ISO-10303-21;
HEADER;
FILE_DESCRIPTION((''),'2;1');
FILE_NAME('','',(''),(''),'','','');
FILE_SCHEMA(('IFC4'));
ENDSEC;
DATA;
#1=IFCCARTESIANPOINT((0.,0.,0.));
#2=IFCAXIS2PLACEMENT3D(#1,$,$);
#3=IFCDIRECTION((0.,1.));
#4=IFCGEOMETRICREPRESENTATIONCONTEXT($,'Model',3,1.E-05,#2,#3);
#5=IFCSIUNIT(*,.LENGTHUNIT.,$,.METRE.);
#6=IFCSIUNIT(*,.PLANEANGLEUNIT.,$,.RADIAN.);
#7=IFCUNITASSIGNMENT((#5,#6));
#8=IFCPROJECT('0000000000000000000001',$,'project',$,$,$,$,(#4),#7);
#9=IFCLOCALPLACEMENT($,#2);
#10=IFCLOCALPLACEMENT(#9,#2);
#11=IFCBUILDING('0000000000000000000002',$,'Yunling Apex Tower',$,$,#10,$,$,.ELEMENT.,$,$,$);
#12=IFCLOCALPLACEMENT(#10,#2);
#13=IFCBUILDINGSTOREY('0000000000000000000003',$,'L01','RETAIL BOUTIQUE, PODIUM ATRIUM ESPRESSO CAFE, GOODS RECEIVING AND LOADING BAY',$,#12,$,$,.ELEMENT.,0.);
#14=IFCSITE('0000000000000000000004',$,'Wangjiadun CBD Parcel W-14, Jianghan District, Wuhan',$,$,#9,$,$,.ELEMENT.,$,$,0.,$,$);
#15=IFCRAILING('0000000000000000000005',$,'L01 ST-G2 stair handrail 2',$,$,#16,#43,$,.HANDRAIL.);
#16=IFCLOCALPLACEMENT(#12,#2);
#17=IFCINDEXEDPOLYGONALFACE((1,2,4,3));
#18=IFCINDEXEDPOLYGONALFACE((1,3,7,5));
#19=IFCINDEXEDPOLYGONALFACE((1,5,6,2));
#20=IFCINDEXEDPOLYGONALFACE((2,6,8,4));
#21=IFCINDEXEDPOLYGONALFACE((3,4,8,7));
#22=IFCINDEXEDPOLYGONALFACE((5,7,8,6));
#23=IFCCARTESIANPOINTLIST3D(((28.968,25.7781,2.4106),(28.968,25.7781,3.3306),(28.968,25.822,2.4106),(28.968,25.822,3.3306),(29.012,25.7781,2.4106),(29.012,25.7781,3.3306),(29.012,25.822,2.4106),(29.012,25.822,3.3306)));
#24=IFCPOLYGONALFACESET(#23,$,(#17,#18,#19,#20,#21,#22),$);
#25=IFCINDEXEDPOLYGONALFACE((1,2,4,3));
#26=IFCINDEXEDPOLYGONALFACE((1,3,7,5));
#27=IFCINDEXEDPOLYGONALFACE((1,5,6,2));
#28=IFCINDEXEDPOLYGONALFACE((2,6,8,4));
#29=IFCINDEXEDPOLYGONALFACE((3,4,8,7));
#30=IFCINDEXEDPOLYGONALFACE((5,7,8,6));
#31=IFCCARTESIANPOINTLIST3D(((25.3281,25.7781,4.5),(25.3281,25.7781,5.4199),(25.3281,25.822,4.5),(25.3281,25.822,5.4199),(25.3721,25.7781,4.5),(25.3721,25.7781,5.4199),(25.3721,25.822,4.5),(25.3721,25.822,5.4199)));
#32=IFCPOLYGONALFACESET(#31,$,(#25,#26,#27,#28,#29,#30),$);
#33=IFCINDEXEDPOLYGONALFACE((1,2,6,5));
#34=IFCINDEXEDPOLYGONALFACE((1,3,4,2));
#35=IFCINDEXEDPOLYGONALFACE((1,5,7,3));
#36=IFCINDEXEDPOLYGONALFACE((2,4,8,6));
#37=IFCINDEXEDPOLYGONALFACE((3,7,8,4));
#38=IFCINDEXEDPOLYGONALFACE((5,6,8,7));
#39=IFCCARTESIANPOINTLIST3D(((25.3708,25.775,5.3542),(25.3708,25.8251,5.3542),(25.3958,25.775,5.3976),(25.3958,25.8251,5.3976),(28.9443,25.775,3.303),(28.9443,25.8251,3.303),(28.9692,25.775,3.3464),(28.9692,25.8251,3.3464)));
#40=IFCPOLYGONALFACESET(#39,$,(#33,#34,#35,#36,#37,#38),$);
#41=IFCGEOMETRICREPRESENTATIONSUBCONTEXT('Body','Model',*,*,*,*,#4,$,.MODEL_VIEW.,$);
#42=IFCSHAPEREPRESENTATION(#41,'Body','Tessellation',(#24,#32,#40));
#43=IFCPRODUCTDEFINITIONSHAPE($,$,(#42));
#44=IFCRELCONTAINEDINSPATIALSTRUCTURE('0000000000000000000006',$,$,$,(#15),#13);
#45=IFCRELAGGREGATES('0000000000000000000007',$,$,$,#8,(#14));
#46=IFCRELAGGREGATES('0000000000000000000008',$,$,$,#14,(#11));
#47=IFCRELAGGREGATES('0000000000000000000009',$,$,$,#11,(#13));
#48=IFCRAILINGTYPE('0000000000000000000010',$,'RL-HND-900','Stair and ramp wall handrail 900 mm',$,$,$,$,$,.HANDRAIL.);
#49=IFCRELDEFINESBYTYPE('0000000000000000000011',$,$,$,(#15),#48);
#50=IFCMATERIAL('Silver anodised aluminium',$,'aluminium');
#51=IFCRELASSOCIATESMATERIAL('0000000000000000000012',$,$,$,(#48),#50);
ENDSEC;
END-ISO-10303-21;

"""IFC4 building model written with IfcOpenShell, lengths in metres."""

from ifc_helpers import new_model, si_unit, direction, frame, origin, origin_2d, place, context, subcontext, project, spatial, rectangle, extrude, material, type_object, element, save


model = new_model("IFC4")

# Units and contexts
model_context = context("Model", 3, precision=1e-05, world=origin(), true_north=direction((0.0, 1.0)))
body_context = subcontext(model_context, "Body", "Model", "MODEL_VIEW")
ifc_project = project(units=[si_unit("LENGTHUNIT", "METRE"), si_unit("PLANEANGLEUNIT", "RADIAN")], contexts=[model_context])

# Site, building, storey
site_placement = place(None, origin())
site = spatial("IfcSite", under=ifc_project, at=site_placement, Name="Wangjiadun CBD Parcel W-14, Jianghan District, Wuhan", CompositionType="ELEMENT", RefElevation=0.0)
building_placement = place(site_placement, origin())
building = spatial("IfcBuilding", under=site, at=building_placement, Name="Yunling Apex Tower", CompositionType="ELEMENT")
storey_placement = place(building_placement, origin())
storey = spatial("IfcBuildingStorey", under=building, at=storey_placement, Name="L01", Description="RETAIL BOUTIQUE, PODIUM ATRIUM ESPRESSO CAFE, GOODS RECEIVING AND LOADING BAY", CompositionType="ELEMENT", Elevation=0.0)

# Railing
ifc_material_1 = material(Name="Silver anodised aluminium", Category="aluminium")
railing_type_1 = type_object("IfcRailingType", Name="RL-HND-900", Description="Stair and ramp wall handrail 900 mm", PredefinedType="HANDRAIL", material=ifc_material_1)
railing_1_placement = place(storey_placement, frame((28.99, 25.8, 2.4106)))
element("IfcRailing", 1, at=railing_1_placement, inside=storey, type_object=railing_type_1, Name="L01 ST-G2 stair handrail 2", PredefinedType="HANDRAIL", context=body_context, shape_type="SweptSolid", body=[
    extrude(rectangle(XDim=0.0439, YDim=0.0439, at=origin_2d()), origin(), (0.0, 0.0, 1.0), 0.9199),
    extrude(rectangle(XDim=0.0439, YDim=0.0439, at=origin_2d()), frame((-3.6399, 0.0, 2.0894)), (0.0, 0.0, 1.0), 0.9199),
    extrude(rectangle(XDim=0.05, YDim=0.05, at=origin_2d()), frame((-0.0332, 0.0, 0.9141), z_axis=(-0.867275, 0.0, 0.497829), x_axis=(0.0, -1.0, 0.0)), (0.0, 0.0, 1.0), 4.1204),
])

save(model, "model.ifc")
